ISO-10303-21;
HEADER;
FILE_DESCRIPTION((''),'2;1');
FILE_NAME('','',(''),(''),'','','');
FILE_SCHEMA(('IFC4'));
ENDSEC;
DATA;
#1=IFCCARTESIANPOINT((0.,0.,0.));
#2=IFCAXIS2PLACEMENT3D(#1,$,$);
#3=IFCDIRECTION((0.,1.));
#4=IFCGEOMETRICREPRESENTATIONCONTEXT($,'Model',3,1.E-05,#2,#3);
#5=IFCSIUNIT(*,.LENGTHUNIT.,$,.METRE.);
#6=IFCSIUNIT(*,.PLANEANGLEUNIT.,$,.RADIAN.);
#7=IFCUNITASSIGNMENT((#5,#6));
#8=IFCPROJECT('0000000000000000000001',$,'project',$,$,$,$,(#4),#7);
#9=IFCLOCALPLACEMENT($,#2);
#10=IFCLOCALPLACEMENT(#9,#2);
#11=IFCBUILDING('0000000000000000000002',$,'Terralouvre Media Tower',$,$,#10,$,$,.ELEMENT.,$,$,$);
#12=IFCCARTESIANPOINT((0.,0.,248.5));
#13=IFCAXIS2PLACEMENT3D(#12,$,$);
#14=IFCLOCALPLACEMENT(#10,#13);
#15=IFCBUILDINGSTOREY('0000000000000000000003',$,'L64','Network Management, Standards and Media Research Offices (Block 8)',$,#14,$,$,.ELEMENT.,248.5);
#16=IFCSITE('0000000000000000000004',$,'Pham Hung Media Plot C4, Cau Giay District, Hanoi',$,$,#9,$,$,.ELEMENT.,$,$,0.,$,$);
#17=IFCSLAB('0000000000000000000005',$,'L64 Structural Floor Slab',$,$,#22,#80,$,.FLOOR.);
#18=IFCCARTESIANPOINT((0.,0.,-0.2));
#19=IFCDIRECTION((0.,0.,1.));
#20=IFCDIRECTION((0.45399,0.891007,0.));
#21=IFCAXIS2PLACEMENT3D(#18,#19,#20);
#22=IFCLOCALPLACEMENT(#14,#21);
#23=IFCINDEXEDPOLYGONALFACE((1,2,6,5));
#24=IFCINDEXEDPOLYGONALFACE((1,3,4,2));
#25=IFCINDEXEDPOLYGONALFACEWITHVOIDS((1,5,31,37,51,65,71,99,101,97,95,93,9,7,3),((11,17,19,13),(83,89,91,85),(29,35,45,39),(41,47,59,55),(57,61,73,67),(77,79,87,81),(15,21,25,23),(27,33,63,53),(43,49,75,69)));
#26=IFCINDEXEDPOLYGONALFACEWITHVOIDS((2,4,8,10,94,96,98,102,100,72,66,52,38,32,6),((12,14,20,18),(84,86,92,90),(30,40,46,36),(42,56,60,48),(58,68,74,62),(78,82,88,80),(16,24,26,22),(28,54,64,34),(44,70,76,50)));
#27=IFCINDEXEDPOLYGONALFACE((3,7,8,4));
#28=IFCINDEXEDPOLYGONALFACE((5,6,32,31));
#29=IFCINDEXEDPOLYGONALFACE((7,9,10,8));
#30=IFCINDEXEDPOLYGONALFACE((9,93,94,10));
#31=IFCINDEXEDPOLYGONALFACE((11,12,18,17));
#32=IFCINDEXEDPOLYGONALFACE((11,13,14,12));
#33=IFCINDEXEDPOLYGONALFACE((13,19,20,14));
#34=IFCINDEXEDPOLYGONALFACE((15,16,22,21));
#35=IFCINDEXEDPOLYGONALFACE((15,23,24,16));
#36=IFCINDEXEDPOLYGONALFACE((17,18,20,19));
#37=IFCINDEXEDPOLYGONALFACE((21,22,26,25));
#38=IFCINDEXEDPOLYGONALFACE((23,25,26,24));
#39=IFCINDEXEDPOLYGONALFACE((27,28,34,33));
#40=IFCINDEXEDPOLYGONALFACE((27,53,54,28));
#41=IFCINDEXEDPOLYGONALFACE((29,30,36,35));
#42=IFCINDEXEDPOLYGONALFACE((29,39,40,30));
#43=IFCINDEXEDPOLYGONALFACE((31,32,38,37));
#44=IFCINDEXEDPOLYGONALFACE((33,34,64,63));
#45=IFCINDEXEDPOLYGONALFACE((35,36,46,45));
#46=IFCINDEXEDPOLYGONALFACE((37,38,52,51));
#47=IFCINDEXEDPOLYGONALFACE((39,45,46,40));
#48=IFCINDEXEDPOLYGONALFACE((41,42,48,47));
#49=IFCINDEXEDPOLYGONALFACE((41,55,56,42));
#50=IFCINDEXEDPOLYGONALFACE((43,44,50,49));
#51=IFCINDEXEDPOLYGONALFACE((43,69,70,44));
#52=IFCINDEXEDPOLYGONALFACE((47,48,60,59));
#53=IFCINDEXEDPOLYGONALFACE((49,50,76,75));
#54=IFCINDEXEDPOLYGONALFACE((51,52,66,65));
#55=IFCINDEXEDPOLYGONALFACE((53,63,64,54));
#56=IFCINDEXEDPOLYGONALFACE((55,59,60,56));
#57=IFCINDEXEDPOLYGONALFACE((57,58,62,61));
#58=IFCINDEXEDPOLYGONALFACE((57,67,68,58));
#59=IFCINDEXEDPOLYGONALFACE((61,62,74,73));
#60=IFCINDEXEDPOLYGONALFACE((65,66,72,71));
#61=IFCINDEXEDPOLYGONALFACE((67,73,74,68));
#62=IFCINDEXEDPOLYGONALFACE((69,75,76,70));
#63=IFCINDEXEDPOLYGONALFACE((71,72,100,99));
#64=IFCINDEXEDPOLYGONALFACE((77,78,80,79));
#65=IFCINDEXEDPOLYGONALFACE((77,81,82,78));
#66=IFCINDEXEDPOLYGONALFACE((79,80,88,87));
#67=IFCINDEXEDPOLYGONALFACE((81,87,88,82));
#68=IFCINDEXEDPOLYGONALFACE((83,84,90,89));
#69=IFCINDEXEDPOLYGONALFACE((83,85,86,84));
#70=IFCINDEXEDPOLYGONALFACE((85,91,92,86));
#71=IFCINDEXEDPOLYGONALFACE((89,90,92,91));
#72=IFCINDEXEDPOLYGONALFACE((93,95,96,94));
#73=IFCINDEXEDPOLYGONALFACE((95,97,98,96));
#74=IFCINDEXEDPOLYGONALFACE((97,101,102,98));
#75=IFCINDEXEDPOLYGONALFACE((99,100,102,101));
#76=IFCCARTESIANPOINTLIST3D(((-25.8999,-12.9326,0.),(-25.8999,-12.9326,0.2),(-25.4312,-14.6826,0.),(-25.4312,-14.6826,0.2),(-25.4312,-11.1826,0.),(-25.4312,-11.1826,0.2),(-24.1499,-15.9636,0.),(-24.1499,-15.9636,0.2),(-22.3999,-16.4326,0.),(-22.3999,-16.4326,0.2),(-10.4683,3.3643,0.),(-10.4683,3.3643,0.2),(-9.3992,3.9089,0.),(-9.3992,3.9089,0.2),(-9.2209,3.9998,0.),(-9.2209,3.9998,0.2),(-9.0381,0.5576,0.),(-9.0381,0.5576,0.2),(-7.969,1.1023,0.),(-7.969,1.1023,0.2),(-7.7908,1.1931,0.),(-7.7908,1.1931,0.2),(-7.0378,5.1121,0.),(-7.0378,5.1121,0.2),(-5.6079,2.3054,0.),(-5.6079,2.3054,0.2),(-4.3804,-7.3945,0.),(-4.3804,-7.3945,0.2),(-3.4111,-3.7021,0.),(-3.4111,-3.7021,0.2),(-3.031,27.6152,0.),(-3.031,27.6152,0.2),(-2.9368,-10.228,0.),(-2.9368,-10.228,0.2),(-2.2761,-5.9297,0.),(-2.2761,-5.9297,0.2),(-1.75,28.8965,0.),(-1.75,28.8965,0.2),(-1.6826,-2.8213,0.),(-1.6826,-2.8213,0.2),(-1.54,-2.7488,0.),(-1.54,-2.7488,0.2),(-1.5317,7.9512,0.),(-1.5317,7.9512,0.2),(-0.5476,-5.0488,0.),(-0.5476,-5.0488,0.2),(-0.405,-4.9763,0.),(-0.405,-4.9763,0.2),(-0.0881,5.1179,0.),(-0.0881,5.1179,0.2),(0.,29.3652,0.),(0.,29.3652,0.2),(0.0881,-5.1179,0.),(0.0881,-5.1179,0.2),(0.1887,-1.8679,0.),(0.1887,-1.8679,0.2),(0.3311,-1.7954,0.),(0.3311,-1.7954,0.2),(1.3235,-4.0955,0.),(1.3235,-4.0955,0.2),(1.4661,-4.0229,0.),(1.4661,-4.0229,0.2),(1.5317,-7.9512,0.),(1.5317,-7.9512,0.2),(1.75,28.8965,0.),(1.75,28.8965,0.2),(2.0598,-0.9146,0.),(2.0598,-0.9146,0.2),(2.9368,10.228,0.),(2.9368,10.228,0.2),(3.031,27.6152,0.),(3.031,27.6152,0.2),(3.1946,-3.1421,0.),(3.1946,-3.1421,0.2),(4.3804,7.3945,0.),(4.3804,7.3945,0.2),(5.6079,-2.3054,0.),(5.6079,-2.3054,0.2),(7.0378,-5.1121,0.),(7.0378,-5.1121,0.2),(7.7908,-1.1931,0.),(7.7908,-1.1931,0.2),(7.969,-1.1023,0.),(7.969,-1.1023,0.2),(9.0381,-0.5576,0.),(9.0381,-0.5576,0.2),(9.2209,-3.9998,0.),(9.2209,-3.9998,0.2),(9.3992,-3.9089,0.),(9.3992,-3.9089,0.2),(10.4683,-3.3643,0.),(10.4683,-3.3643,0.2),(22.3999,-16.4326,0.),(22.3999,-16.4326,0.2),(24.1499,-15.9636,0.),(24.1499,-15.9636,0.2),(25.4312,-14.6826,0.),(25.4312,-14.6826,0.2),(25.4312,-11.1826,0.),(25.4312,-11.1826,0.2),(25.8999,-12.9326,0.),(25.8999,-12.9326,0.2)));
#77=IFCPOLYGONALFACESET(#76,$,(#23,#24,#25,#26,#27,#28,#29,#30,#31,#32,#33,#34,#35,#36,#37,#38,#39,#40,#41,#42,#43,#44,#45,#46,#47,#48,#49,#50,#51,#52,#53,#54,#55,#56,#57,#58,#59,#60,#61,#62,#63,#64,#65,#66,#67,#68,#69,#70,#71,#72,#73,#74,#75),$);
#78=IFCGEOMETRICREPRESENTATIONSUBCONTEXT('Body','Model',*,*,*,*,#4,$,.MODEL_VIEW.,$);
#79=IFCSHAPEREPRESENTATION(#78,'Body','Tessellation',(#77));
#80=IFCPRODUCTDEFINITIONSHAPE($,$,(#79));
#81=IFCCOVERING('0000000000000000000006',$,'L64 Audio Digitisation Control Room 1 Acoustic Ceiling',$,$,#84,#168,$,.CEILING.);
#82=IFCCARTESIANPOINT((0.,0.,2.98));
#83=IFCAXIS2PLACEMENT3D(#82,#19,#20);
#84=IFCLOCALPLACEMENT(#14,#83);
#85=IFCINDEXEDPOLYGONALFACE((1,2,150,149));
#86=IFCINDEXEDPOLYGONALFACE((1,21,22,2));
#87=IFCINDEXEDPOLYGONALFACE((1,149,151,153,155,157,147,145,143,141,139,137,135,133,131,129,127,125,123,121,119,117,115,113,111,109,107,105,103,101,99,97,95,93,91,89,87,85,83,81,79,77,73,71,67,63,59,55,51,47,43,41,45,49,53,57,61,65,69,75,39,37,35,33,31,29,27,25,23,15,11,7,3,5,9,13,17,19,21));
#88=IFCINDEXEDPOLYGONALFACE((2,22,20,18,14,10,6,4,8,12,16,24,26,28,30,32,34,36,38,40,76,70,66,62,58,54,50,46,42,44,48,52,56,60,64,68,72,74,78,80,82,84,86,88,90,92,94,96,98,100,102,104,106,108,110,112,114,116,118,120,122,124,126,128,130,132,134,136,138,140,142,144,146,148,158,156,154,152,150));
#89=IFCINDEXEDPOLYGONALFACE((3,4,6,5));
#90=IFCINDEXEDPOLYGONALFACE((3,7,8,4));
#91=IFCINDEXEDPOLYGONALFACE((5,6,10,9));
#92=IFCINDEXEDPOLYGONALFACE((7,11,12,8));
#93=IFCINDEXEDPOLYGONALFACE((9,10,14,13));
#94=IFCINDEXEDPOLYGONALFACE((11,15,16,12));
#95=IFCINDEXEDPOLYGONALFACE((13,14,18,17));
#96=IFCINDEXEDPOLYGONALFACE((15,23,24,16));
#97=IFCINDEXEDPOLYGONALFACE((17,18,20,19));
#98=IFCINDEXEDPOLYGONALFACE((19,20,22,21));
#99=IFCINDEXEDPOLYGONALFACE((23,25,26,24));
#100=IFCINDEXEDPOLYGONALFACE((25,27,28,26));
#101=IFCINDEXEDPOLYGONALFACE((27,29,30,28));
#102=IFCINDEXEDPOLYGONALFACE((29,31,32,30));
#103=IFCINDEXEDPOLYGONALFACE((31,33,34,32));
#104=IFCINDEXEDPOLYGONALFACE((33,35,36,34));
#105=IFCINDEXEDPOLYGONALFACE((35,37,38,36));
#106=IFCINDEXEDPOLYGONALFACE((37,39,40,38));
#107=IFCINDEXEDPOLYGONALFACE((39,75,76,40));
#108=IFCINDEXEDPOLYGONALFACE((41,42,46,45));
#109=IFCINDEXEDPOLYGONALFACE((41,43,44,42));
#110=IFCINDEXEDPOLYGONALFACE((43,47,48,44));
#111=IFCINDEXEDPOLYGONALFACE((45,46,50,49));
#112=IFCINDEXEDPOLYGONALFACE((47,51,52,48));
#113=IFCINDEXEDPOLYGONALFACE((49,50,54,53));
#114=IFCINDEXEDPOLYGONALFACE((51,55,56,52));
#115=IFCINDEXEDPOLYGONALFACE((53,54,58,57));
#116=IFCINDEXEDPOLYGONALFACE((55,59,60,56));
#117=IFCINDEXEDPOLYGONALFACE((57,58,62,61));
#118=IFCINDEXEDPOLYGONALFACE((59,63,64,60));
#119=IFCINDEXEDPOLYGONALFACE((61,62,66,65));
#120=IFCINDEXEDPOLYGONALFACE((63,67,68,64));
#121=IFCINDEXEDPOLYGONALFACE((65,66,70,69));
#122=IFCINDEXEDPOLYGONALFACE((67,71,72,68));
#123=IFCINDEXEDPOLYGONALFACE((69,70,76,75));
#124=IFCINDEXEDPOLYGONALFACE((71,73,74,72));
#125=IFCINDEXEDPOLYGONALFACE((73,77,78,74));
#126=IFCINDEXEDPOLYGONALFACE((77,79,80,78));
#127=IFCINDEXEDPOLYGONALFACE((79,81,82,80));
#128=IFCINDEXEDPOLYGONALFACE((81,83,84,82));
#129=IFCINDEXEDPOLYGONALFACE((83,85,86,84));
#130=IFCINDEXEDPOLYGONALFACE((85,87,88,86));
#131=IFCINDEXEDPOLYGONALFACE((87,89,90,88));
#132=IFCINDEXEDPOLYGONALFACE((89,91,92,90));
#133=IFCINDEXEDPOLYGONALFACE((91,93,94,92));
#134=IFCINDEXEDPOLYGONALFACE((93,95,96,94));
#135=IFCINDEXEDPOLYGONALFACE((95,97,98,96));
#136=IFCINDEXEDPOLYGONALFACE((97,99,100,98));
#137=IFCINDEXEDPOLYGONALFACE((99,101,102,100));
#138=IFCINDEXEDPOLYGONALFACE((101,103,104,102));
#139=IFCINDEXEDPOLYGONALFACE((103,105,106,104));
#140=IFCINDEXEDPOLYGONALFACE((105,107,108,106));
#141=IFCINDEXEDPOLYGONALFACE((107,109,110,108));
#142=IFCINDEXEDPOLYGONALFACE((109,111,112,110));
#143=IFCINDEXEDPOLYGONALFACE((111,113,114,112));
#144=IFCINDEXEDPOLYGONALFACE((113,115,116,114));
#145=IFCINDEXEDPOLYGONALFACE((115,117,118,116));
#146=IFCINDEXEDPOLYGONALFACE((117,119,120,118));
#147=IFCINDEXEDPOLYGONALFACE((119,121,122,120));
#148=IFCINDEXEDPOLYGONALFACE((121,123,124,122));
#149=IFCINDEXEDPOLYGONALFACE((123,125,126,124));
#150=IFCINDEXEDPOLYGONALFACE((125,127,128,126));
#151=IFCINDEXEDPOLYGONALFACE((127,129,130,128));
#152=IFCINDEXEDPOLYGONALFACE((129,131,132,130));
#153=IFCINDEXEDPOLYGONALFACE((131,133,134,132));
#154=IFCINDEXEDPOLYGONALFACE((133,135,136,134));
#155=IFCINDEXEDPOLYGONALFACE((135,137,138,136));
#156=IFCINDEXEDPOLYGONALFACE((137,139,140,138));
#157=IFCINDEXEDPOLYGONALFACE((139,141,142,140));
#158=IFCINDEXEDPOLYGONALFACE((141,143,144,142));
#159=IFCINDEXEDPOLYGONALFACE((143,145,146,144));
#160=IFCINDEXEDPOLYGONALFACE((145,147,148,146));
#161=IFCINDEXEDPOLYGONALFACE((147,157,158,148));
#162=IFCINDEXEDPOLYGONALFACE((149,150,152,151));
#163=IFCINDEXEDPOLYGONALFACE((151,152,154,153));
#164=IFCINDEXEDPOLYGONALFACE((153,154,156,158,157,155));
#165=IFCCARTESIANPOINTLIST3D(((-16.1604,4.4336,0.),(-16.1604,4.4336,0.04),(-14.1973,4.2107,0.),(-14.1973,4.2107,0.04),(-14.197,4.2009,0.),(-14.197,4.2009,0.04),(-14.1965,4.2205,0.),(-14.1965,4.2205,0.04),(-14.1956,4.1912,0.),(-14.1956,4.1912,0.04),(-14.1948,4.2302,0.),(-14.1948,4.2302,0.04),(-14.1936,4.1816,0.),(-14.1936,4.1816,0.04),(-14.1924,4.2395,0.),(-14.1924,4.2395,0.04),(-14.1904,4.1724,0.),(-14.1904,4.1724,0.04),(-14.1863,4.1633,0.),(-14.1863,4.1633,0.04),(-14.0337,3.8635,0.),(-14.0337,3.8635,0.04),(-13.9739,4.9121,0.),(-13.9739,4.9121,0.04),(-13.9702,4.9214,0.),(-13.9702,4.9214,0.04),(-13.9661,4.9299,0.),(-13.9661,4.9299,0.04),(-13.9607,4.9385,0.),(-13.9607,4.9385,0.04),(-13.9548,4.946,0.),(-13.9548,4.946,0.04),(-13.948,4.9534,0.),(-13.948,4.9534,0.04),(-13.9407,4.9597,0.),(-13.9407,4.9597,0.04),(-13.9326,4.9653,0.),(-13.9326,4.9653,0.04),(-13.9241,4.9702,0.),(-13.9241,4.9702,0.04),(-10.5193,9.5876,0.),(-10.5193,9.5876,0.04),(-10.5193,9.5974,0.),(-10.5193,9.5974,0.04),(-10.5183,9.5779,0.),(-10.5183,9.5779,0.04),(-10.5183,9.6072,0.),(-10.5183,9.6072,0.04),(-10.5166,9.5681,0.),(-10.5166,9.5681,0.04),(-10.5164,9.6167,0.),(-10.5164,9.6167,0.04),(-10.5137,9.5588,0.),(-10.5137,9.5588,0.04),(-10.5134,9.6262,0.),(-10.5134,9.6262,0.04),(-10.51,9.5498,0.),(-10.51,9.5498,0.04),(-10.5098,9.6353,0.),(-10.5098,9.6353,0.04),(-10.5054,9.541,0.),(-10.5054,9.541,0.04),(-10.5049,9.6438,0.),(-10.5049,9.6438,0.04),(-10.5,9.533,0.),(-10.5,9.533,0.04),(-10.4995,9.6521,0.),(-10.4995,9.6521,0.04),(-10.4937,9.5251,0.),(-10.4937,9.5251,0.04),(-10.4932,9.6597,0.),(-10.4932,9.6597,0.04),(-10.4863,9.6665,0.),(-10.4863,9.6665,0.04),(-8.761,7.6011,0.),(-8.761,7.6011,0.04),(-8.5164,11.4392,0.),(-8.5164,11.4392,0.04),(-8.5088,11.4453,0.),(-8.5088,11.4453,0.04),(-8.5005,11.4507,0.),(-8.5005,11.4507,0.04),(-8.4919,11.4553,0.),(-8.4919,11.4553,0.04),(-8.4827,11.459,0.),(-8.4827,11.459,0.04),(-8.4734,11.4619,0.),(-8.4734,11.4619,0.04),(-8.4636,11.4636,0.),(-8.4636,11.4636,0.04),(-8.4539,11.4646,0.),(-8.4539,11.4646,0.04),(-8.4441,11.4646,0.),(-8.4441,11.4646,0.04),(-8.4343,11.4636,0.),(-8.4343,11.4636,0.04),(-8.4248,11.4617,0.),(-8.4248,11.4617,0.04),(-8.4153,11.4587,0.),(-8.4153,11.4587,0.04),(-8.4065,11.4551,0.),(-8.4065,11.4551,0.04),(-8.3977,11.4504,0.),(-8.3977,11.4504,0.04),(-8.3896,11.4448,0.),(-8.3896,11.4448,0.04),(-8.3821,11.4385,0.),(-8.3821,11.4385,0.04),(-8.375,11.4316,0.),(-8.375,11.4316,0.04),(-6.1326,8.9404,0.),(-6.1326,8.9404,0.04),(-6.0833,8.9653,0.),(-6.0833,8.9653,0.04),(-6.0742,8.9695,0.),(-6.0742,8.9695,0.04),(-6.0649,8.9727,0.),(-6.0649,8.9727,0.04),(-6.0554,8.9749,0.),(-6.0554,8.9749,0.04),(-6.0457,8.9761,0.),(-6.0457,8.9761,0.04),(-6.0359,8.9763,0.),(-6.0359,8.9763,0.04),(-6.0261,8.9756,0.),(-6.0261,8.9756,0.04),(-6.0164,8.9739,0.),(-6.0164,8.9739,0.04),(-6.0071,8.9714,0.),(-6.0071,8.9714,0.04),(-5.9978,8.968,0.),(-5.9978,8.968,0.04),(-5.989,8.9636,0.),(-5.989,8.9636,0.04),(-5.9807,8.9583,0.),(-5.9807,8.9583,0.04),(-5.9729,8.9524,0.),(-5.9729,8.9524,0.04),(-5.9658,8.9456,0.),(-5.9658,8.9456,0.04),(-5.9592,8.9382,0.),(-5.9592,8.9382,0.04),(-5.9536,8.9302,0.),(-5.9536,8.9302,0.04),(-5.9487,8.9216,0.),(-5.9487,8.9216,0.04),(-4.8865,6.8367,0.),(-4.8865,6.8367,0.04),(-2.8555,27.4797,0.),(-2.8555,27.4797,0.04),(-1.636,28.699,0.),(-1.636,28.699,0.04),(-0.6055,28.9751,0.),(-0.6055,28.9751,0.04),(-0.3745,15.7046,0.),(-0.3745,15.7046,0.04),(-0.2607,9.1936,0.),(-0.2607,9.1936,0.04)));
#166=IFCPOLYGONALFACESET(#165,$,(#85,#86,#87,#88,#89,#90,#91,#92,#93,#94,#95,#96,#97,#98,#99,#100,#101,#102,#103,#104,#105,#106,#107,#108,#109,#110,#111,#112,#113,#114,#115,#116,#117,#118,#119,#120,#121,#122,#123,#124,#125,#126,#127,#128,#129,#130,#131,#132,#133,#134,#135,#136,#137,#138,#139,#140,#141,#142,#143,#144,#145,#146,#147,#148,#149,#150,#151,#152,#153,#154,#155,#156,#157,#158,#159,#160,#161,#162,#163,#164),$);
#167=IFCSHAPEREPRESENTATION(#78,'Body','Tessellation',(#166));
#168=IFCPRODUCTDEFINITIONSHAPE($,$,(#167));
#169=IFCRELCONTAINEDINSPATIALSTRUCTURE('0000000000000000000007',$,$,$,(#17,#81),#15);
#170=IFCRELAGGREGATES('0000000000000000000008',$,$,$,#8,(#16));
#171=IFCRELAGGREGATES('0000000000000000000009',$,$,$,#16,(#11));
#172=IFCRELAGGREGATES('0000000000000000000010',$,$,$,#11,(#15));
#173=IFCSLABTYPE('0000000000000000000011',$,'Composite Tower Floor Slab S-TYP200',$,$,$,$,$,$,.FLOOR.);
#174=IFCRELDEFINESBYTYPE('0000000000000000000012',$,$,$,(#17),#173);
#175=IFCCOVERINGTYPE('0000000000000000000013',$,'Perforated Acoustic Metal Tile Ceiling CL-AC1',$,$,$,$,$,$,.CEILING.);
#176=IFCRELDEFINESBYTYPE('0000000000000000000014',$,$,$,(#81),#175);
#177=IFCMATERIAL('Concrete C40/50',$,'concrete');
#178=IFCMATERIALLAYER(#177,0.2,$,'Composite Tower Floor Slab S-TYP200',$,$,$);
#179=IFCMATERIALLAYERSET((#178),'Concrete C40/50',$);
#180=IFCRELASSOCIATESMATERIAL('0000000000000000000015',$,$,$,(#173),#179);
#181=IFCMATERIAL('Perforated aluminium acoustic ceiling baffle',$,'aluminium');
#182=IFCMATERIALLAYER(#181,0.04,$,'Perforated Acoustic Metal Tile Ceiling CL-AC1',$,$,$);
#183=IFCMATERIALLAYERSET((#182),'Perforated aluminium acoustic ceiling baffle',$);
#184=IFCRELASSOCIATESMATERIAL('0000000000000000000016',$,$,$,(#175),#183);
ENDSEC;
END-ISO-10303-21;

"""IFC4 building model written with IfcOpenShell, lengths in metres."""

from ifc_helpers import new_model, si_unit, direction, frame, origin, place, context, subcontext, project, spatial, polyline, outline, extrude, material, layer, layer_set, type_object, element, save


model = new_model("IFC4")

# Units and contexts
model_context = context("Model", 3, precision=1e-05, world=origin(), true_north=direction((0.0, 1.0)))
body_context = subcontext(model_context, "Body", "Model", "MODEL_VIEW")
ifc_project = project(units=[si_unit("LENGTHUNIT", "METRE"), si_unit("PLANEANGLEUNIT", "RADIAN")], contexts=[model_context])

# Site, building, storey
site_placement = place(None, origin())
site = spatial("IfcSite", under=ifc_project, at=site_placement, Name="Pham Hung Media Plot C4, Cau Giay District, Hanoi", CompositionType="ELEMENT", RefElevation=0.0)
building_placement = place(site_placement, origin())
building = spatial("IfcBuilding", under=site, at=building_placement, Name="Terralouvre Media Tower", CompositionType="ELEMENT")
storey_placement = place(building_placement, frame((0.0, 0.0, 248.5)))
storey = spatial("IfcBuildingStorey", under=building, at=storey_placement, Name="L64", Description="Network Management, Standards and Media Research Offices (Block 8)", CompositionType="ELEMENT", Elevation=248.5)

# Slab
ifc_material_1 = material(Name="Concrete C40/50", Category="concrete")
ifc_layer_1 = layer(ifc_material_1, 0.2, Name="Composite Tower Floor Slab S-TYP200")
ifc_layer_set_1 = layer_set([ifc_layer_1], Name="Concrete C40/50")
slab_type = type_object("IfcSlabType", Name="Composite Tower Floor Slab S-TYP200", PredefinedType="FLOOR", material=ifc_layer_set_1)
slab_placement = place(storey_placement, frame((0.0, 0.0, -0.2), z_axis=(0.0, 0.0, 1.0), x_axis=(0.45399, 0.891007, 0.0)))
element("IfcSlab", 1, at=slab_placement, inside=storey, type_object=slab_type, Name="L64 Structural Floor Slab", PredefinedType="FLOOR", context=body_context, shape_type="SweptSolid", body=[
    extrude(outline(polyline([(-25.4312, -11.1826), (-25.8999, -12.9326), (-25.4312, -14.6826), (-24.1499, -15.9636), (-22.3999, -16.4326), (22.3999, -16.4326), (24.1499, -15.9636), (25.4312, -14.6826), (25.8999, -12.9326), (25.4312, -11.1826), (3.031, 27.6152), (1.75, 28.8965), (0.0, 29.3652), (-1.75, 28.8965), (-3.031, 27.6152), (-25.4312, -11.1826)]), holes=[polyline([(-7.969, 1.1023), (-9.0381, 0.5576), (-10.4683, 3.3643), (-9.3992, 3.9089), (-7.969, 1.1023)]), polyline([(-5.6079, 2.3054), (-7.7908, 1.1931), (-9.2209, 3.9998), (-7.0378, 5.1121), (-5.6079, 2.3054)]), polyline([(-4.3804, -7.3945), (0.0881, -5.1179), (1.5317, -7.9512), (-2.9368, -10.228), (-4.3804, -7.3945)]), polyline([(-0.5476, -5.0488), (-2.2761, -5.9297), (-3.4111, -3.7021), (-1.6826, -2.8213), (-0.5476, -5.0488)]), polyline([(1.3235, -4.0955), (-0.405, -4.9763), (-1.54, -2.7488), (0.1887, -1.8679), (1.3235, -4.0955)]), polyline([(3.1946, -3.1421), (1.4661, -4.0229), (0.3311, -1.7954), (2.0598, -0.9146), (3.1946, -3.1421)]), polyline([(4.3804, 7.3945), (-0.0881, 5.1179), (-1.5317, 7.9512), (2.9368, 10.228), (4.3804, 7.3945)]), polyline([(7.0378, -5.1121), (5.6079, -2.3054), (7.7908, -1.1931), (9.2209, -3.9998), (7.0378, -5.1121)]), polyline([(9.3992, -3.9089), (7.969, -1.1023), (9.0381, -0.5576), (10.4683, -3.3643), (9.3992, -3.9089)])]), origin(), (0.0, 0.0, 1.0), 0.2),
])

# Covering
ifc_material_2 = material(Name="Perforated aluminium acoustic ceiling baffle", Category="aluminium")
ifc_layer_2 = layer(ifc_material_2, 0.04, Name="Perforated Acoustic Metal Tile Ceiling CL-AC1")
ifc_layer_set_2 = layer_set([ifc_layer_2], Name="Perforated aluminium acoustic ceiling baffle")
covering_type = type_object("IfcCoveringType", Name="Perforated Acoustic Metal Tile Ceiling CL-AC1", PredefinedType="CEILING", material=ifc_layer_set_2)
covering_placement = place(storey_placement, frame((0.0, 0.0, 2.98), z_axis=(0.0, 0.0, 1.0), x_axis=(0.45399, 0.891007, 0.0)))
element("IfcCovering", 2, at=covering_placement, inside=storey, type_object=covering_type, Name="L64 Audio Digitisation Control Room 1 Acoustic Ceiling", PredefinedType="CEILING", context=body_context, shape_type="SweptSolid", body=[
    extrude(outline(polyline([(-14.0337, 3.8635), (-14.1863, 4.1633), (-14.1904, 4.1724), (-14.1936, 4.1816), (-14.1956, 4.1912), (-14.197, 4.2009), (-14.1973, 4.2107), (-14.1965, 4.2205), (-14.1948, 4.2302), (-14.1924, 4.2395), (-13.9739, 4.9121), (-13.9702, 4.9214), (-13.9661, 4.9299), (-13.9607, 4.9385), (-13.9548, 4.946), (-13.948, 4.9534), (-13.9407, 4.9597), (-13.9326, 4.9653), (-13.9241, 4.9702), (-8.761, 7.6011), (-10.4937, 9.5251), (-10.5, 9.533), (-10.5054, 9.541), (-10.51, 9.5498), (-10.5137, 9.5588), (-10.5166, 9.5681), (-10.5183, 9.5779), (-10.5193, 9.5876), (-10.5193, 9.5974), (-10.5183, 9.6072), (-10.5164, 9.6167), (-10.5134, 9.6262), (-10.5098, 9.6353), (-10.5049, 9.6438), (-10.4995, 9.6521), (-10.4932, 9.6597), (-10.4863, 9.6665), (-8.5164, 11.4392), (-8.5088, 11.4453), (-8.5005, 11.4507), (-8.4919, 11.4553), (-8.4827, 11.459), (-8.4734, 11.4619), (-8.4636, 11.4636), (-8.4539, 11.4646), (-8.4441, 11.4646), (-8.4343, 11.4636), (-8.4248, 11.4617), (-8.4153, 11.4587), (-8.4065, 11.4551), (-8.3977, 11.4504), (-8.3896, 11.4448), (-8.3821, 11.4385), (-8.375, 11.4316), (-6.1326, 8.9404), (-6.0833, 8.9653), (-6.0742, 8.9695), (-6.0649, 8.9727), (-6.0554, 8.9749), (-6.0457, 8.9761), (-6.0359, 8.9763), (-6.0261, 8.9756), (-6.0164, 8.9739), (-6.0071, 8.9714), (-5.9978, 8.968), (-5.989, 8.9636), (-5.9807, 8.9583), (-5.9729, 8.9524), (-5.9658, 8.9456), (-5.9592, 8.9382), (-5.9536, 8.9302), (-5.9487, 8.9216), (-4.8865, 6.8367), (-0.2607, 9.1936), (-0.3745, 15.7046), (-0.6055, 28.9751), (-1.636, 28.699), (-2.8555, 27.4797), (-16.1604, 4.4336), (-14.0337, 3.8635)])), origin(), (0.0, 0.0, 1.0), 0.04),
])

save(model, "model.ifc")
